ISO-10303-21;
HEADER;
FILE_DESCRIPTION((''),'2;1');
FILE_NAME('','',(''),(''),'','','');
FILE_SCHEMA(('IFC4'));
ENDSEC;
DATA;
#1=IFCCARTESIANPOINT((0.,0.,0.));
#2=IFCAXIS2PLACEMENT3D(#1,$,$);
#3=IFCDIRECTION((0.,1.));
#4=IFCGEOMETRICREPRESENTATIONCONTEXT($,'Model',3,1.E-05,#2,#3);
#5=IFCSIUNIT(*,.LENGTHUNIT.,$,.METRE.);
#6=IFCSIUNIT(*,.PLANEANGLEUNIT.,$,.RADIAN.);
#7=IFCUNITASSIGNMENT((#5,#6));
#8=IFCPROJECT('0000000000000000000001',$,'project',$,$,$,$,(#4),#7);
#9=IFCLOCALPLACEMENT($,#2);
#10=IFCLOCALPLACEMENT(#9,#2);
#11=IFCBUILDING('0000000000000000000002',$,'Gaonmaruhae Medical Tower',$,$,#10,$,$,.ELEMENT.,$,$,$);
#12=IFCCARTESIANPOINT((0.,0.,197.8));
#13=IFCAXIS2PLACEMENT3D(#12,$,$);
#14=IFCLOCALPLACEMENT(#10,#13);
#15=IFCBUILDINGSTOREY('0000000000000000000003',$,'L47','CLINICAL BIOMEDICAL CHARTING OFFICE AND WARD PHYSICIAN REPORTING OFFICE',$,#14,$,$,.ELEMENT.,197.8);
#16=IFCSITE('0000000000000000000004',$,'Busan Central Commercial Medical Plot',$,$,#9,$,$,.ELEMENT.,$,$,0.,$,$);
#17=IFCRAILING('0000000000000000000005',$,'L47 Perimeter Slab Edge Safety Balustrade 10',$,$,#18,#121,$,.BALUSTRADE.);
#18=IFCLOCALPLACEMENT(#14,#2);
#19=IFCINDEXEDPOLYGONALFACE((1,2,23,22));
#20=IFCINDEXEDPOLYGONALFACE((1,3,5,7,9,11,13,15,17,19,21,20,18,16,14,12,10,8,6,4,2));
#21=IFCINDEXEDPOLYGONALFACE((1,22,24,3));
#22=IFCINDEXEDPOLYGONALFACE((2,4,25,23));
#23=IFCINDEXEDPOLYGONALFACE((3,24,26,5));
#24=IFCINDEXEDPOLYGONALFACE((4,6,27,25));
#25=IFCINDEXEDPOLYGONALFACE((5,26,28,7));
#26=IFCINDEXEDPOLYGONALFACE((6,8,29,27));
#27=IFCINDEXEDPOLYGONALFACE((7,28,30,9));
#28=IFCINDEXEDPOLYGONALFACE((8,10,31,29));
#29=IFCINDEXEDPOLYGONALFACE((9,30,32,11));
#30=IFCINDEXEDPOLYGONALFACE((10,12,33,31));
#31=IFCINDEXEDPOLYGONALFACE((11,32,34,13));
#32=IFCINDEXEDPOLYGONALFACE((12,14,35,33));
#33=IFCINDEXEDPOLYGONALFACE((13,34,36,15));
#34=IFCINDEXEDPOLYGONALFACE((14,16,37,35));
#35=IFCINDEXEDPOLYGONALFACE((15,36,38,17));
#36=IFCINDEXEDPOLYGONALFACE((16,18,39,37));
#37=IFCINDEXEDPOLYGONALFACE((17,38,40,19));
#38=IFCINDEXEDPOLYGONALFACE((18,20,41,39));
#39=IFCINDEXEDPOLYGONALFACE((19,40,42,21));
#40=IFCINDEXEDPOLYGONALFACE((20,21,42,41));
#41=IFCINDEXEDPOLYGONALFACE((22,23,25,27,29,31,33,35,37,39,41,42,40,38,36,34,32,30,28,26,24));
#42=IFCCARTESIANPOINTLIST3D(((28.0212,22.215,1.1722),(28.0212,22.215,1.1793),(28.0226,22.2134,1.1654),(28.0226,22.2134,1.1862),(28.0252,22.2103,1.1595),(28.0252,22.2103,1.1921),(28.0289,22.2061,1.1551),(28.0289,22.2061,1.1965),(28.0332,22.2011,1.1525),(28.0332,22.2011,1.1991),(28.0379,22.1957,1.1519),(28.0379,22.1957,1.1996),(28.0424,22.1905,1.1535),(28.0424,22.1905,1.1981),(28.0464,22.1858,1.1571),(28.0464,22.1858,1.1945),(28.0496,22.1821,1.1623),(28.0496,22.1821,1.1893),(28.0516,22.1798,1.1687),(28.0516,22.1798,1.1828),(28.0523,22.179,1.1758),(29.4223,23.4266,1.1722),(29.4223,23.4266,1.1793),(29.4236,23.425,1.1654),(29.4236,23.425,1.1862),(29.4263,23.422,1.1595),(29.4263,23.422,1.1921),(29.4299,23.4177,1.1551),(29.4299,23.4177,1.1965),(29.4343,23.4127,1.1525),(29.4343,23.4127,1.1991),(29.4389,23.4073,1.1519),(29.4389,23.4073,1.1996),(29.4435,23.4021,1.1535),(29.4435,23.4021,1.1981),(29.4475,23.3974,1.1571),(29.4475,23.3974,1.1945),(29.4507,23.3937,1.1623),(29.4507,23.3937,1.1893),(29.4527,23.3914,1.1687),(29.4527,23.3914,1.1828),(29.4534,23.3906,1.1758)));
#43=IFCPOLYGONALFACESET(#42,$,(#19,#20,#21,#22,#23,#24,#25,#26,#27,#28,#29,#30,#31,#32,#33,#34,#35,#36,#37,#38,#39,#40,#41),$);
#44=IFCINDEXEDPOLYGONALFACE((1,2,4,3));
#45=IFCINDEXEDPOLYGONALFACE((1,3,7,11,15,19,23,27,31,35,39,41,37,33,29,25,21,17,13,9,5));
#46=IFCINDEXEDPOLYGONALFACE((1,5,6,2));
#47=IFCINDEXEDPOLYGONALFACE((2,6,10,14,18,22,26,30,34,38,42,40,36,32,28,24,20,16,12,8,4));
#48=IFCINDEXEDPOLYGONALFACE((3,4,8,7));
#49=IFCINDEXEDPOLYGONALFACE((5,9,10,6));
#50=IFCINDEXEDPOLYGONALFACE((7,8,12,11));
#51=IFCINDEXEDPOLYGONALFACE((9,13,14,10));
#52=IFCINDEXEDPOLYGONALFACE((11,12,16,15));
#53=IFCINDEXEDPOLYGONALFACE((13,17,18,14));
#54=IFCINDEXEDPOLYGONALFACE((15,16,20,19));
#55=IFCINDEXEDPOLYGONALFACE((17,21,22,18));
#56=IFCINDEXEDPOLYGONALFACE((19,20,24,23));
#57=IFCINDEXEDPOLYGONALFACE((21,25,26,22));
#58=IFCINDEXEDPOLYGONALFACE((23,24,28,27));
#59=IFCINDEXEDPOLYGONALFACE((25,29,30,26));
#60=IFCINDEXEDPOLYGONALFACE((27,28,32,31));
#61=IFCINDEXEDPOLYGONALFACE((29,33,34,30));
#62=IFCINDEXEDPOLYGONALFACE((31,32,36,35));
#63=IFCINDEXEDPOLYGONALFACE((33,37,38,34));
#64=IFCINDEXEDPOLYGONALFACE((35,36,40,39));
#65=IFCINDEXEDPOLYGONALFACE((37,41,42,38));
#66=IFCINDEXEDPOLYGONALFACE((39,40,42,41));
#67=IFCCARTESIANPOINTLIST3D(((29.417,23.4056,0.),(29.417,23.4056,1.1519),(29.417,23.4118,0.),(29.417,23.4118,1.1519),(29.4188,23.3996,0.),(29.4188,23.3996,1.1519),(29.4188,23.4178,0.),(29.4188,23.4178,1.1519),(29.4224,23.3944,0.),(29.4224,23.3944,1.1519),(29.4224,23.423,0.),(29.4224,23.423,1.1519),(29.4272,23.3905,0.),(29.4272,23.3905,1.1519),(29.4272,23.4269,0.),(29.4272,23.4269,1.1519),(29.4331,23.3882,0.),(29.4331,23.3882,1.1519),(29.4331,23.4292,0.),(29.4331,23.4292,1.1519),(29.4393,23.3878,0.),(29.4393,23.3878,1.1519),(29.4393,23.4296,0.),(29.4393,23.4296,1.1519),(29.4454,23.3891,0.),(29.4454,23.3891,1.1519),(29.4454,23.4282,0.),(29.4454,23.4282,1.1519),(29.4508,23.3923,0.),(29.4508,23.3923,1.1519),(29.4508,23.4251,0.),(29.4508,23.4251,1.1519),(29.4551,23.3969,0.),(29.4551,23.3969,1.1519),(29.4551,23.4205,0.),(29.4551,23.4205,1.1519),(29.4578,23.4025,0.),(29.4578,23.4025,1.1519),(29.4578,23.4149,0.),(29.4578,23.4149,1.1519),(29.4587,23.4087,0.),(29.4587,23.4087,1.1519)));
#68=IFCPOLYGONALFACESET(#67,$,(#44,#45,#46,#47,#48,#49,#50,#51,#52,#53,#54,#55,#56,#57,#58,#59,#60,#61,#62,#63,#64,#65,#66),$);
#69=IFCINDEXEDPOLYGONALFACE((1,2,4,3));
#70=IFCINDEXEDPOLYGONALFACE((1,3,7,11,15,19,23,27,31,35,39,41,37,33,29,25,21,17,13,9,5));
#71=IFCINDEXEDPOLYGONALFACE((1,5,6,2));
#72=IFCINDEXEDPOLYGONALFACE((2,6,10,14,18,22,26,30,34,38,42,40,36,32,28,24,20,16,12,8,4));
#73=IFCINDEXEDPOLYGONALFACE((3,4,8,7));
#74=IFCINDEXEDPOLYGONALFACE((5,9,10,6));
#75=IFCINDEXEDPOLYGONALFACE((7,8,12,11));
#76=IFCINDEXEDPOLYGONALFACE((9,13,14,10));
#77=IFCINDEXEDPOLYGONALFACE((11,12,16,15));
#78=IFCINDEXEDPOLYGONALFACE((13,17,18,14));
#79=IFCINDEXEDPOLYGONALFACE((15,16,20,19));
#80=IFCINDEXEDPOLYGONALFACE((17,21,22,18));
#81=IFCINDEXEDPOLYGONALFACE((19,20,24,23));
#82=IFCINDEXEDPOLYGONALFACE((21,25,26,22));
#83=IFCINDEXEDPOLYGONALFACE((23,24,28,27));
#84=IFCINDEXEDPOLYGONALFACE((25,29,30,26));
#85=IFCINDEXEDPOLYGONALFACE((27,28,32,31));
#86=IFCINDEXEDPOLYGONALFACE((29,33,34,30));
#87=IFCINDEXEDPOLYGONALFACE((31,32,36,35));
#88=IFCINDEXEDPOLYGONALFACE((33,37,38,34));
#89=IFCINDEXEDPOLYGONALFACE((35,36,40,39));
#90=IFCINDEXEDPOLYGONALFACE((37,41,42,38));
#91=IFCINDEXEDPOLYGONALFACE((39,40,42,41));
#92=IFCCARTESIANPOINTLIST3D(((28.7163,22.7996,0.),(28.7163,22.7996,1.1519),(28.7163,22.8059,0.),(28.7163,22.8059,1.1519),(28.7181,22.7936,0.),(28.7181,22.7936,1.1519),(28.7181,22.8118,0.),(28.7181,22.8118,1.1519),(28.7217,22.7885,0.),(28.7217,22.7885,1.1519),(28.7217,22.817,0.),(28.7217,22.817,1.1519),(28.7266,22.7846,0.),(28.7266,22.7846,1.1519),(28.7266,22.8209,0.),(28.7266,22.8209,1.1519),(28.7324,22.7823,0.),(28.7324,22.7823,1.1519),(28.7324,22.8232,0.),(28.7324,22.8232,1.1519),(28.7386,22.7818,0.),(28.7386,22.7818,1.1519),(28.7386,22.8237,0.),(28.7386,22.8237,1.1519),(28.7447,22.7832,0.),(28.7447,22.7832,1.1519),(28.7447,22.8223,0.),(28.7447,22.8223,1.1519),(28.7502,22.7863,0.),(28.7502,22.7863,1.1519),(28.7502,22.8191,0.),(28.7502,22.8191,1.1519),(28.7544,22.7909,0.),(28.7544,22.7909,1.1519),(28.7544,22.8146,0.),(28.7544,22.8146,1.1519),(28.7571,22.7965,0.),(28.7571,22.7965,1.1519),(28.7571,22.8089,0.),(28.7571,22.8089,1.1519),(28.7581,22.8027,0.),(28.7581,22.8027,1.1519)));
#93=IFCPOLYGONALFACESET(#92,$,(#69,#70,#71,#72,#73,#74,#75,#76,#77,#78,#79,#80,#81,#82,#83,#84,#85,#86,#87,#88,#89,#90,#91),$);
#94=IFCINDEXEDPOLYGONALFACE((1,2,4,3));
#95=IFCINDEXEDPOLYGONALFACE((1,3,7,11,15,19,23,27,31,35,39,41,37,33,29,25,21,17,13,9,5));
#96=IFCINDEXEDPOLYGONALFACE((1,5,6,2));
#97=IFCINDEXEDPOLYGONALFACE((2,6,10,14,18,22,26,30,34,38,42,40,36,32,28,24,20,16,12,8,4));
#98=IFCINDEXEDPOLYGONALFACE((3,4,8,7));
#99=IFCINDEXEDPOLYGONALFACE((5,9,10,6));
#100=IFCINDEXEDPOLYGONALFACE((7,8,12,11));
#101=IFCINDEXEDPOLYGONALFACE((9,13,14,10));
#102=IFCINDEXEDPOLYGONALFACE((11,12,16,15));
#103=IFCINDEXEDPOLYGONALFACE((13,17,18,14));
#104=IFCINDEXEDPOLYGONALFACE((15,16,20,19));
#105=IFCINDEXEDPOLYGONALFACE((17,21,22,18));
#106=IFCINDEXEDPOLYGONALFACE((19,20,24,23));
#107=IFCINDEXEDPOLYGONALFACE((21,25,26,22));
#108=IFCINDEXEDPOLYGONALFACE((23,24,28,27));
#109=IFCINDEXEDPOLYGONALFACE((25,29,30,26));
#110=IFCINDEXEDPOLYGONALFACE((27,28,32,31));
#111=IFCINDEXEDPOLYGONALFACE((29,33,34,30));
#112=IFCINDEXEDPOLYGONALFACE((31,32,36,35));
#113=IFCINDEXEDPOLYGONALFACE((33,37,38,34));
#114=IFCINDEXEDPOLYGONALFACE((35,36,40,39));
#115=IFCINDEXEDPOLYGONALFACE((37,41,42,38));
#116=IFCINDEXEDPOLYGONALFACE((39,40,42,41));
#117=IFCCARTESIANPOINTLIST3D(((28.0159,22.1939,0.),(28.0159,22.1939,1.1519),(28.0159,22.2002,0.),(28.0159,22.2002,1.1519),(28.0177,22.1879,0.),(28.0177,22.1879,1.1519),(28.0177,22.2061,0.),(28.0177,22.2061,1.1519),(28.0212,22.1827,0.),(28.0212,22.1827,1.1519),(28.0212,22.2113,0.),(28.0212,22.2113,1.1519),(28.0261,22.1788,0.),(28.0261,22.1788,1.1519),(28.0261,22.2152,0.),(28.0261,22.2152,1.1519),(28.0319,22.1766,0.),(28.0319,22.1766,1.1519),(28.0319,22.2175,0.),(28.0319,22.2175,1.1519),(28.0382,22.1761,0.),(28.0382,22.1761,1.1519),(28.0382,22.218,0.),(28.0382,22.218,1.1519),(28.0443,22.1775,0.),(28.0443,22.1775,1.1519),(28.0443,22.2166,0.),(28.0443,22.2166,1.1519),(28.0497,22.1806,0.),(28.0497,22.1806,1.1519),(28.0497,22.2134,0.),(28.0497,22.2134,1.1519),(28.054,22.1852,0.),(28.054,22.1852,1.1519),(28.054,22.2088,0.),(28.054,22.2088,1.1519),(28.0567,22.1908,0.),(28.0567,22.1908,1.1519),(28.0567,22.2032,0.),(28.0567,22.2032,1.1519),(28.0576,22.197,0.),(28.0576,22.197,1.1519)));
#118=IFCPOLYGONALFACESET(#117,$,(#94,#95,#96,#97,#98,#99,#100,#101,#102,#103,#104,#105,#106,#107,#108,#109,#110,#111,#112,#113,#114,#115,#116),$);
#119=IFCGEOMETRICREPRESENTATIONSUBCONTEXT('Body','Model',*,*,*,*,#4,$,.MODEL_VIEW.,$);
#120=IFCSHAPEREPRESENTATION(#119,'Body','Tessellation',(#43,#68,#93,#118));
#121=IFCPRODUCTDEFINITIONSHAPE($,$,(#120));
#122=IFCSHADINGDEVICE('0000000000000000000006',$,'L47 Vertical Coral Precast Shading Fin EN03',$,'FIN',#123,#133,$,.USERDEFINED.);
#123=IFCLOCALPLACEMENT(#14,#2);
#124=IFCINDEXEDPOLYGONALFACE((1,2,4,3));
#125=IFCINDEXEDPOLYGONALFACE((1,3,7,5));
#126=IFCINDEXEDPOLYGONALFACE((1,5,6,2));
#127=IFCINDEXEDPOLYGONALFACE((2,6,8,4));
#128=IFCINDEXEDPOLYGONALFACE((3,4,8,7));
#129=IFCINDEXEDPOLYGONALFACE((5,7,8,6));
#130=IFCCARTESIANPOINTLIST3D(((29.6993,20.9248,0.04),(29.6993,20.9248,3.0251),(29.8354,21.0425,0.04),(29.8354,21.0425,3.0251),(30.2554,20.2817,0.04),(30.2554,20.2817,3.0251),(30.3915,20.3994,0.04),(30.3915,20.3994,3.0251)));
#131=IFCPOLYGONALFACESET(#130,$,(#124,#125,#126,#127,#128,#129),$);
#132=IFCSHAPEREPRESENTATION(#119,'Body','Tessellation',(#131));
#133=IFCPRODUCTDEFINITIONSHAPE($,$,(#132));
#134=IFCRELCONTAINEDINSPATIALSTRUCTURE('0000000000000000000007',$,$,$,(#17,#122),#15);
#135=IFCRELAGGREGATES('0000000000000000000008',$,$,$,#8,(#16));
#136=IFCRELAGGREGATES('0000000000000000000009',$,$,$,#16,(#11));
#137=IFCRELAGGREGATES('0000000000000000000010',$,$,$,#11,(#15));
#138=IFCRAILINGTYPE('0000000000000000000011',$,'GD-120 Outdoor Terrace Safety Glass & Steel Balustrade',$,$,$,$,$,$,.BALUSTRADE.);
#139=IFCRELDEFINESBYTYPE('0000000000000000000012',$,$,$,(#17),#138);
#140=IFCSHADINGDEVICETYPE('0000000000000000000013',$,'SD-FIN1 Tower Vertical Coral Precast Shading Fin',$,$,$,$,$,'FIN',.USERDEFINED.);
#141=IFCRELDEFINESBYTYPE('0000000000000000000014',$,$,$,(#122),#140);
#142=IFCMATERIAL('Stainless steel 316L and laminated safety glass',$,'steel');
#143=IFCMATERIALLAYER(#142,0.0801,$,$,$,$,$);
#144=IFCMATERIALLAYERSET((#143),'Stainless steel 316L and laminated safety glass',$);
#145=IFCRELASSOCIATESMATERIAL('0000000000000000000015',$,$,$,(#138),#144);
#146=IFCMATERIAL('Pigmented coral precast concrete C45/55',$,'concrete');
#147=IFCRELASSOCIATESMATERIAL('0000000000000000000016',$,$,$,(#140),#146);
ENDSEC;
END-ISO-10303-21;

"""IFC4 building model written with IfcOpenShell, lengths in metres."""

from ifc_helpers import new_model, si_unit, direction, frame, origin, origin_2d, place, context, subcontext, project, spatial, rectangle, circle, extrude, material, layer, layer_set, type_object, element, save


model = new_model("IFC4")

# Units and contexts
model_context = context("Model", 3, precision=1e-05, world=origin(), true_north=direction((0.0, 1.0)))
body_context = subcontext(model_context, "Body", "Model", "MODEL_VIEW")
ifc_project = project(units=[si_unit("LENGTHUNIT", "METRE"), si_unit("PLANEANGLEUNIT", "RADIAN")], contexts=[model_context])

# Site, building, storey
site_placement = place(None, origin())
site = spatial("IfcSite", under=ifc_project, at=site_placement, Name="Busan Central Commercial Medical Plot", CompositionType="ELEMENT", RefElevation=0.0)
building_placement = place(site_placement, origin())
building = spatial("IfcBuilding", under=site, at=building_placement, Name="Gaonmaruhae Medical Tower", CompositionType="ELEMENT")
storey_placement = place(building_placement, frame((0.0, 0.0, 197.8)))
storey = spatial("IfcBuildingStorey", under=building, at=storey_placement, Name="L47", Description="CLINICAL BIOMEDICAL CHARTING OFFICE AND WARD PHYSICIAN REPORTING OFFICE", CompositionType="ELEMENT", Elevation=197.8)

# Railing
ifc_material_1 = material(Name="Stainless steel 316L and laminated safety glass", Category="steel")
ifc_layer_1 = layer(ifc_material_1, 0.0801)
ifc_layer_set_1 = layer_set([ifc_layer_1], Name="Stainless steel 316L and laminated safety glass")
railing_type = type_object("IfcRailingType", Name="GD-120 Outdoor Terrace Safety Glass & Steel Balustrade", PredefinedType="BALUSTRADE", material=ifc_layer_set_1)
railing_1_placement = place(storey_placement, frame((29.4377, 23.4087, 0.0)))
element("IfcRailing", 1, at=railing_1_placement, inside=storey, type_object=railing_type, Name="L47 Perimeter Slab Edge Safety Balustrade 10", PredefinedType="BALUSTRADE", context=body_context, shape_type="SweptSolid", body=[
    extrude(circle(Radius=0.0239, at=origin_2d()), frame((0.0, 0.0, 1.1758), z_axis=(-0.756393, -0.654117, 0.0), x_axis=(0.654117, -0.756393, 0.0)), (0.0, 0.0, 1.0), 1.8523),
    extrude(circle(Radius=0.021, at=origin_2d()), origin(), (0.0, 0.0, 1.0), 1.1519),
    extrude(circle(Radius=0.021, at=origin_2d()), frame((-0.7007, -0.606, 0.0)), (0.0, 0.0, 1.0), 1.1519),
    extrude(circle(Radius=0.021, at=origin_2d()), frame((-1.4011, -1.2117, 0.0)), (0.0, 0.0, 1.0), 1.1519),
])

# Shading device
ifc_material_2 = material(Name="Pigmented coral precast concrete C45/55", Category="concrete")
shading_device_type = type_object("IfcShadingDeviceType", Name="SD-FIN1 Tower Vertical Coral Precast Shading Fin", ElementType="FIN", PredefinedType="USERDEFINED", material=ifc_material_2)
shading_device_placement = place(storey_placement, frame((30.0454, 20.6621, 0.04), z_axis=(0.0, 0.0, 1.0), x_axis=(0.756425, 0.654081, 0.0)))
element("IfcShadingDevice", 2, at=shading_device_placement, inside=storey, type_object=shading_device_type, Name="L47 Vertical Coral Precast Shading Fin EN03", ObjectType="FIN", PredefinedType="USERDEFINED", context=body_context, shape_type="SweptSolid", body=[
    extrude(rectangle(XDim=0.1799, YDim=0.8501, at=origin_2d()), origin(), (0.0, 0.0, 1.0), 2.9851),
])

save(model, "model.ifc")
